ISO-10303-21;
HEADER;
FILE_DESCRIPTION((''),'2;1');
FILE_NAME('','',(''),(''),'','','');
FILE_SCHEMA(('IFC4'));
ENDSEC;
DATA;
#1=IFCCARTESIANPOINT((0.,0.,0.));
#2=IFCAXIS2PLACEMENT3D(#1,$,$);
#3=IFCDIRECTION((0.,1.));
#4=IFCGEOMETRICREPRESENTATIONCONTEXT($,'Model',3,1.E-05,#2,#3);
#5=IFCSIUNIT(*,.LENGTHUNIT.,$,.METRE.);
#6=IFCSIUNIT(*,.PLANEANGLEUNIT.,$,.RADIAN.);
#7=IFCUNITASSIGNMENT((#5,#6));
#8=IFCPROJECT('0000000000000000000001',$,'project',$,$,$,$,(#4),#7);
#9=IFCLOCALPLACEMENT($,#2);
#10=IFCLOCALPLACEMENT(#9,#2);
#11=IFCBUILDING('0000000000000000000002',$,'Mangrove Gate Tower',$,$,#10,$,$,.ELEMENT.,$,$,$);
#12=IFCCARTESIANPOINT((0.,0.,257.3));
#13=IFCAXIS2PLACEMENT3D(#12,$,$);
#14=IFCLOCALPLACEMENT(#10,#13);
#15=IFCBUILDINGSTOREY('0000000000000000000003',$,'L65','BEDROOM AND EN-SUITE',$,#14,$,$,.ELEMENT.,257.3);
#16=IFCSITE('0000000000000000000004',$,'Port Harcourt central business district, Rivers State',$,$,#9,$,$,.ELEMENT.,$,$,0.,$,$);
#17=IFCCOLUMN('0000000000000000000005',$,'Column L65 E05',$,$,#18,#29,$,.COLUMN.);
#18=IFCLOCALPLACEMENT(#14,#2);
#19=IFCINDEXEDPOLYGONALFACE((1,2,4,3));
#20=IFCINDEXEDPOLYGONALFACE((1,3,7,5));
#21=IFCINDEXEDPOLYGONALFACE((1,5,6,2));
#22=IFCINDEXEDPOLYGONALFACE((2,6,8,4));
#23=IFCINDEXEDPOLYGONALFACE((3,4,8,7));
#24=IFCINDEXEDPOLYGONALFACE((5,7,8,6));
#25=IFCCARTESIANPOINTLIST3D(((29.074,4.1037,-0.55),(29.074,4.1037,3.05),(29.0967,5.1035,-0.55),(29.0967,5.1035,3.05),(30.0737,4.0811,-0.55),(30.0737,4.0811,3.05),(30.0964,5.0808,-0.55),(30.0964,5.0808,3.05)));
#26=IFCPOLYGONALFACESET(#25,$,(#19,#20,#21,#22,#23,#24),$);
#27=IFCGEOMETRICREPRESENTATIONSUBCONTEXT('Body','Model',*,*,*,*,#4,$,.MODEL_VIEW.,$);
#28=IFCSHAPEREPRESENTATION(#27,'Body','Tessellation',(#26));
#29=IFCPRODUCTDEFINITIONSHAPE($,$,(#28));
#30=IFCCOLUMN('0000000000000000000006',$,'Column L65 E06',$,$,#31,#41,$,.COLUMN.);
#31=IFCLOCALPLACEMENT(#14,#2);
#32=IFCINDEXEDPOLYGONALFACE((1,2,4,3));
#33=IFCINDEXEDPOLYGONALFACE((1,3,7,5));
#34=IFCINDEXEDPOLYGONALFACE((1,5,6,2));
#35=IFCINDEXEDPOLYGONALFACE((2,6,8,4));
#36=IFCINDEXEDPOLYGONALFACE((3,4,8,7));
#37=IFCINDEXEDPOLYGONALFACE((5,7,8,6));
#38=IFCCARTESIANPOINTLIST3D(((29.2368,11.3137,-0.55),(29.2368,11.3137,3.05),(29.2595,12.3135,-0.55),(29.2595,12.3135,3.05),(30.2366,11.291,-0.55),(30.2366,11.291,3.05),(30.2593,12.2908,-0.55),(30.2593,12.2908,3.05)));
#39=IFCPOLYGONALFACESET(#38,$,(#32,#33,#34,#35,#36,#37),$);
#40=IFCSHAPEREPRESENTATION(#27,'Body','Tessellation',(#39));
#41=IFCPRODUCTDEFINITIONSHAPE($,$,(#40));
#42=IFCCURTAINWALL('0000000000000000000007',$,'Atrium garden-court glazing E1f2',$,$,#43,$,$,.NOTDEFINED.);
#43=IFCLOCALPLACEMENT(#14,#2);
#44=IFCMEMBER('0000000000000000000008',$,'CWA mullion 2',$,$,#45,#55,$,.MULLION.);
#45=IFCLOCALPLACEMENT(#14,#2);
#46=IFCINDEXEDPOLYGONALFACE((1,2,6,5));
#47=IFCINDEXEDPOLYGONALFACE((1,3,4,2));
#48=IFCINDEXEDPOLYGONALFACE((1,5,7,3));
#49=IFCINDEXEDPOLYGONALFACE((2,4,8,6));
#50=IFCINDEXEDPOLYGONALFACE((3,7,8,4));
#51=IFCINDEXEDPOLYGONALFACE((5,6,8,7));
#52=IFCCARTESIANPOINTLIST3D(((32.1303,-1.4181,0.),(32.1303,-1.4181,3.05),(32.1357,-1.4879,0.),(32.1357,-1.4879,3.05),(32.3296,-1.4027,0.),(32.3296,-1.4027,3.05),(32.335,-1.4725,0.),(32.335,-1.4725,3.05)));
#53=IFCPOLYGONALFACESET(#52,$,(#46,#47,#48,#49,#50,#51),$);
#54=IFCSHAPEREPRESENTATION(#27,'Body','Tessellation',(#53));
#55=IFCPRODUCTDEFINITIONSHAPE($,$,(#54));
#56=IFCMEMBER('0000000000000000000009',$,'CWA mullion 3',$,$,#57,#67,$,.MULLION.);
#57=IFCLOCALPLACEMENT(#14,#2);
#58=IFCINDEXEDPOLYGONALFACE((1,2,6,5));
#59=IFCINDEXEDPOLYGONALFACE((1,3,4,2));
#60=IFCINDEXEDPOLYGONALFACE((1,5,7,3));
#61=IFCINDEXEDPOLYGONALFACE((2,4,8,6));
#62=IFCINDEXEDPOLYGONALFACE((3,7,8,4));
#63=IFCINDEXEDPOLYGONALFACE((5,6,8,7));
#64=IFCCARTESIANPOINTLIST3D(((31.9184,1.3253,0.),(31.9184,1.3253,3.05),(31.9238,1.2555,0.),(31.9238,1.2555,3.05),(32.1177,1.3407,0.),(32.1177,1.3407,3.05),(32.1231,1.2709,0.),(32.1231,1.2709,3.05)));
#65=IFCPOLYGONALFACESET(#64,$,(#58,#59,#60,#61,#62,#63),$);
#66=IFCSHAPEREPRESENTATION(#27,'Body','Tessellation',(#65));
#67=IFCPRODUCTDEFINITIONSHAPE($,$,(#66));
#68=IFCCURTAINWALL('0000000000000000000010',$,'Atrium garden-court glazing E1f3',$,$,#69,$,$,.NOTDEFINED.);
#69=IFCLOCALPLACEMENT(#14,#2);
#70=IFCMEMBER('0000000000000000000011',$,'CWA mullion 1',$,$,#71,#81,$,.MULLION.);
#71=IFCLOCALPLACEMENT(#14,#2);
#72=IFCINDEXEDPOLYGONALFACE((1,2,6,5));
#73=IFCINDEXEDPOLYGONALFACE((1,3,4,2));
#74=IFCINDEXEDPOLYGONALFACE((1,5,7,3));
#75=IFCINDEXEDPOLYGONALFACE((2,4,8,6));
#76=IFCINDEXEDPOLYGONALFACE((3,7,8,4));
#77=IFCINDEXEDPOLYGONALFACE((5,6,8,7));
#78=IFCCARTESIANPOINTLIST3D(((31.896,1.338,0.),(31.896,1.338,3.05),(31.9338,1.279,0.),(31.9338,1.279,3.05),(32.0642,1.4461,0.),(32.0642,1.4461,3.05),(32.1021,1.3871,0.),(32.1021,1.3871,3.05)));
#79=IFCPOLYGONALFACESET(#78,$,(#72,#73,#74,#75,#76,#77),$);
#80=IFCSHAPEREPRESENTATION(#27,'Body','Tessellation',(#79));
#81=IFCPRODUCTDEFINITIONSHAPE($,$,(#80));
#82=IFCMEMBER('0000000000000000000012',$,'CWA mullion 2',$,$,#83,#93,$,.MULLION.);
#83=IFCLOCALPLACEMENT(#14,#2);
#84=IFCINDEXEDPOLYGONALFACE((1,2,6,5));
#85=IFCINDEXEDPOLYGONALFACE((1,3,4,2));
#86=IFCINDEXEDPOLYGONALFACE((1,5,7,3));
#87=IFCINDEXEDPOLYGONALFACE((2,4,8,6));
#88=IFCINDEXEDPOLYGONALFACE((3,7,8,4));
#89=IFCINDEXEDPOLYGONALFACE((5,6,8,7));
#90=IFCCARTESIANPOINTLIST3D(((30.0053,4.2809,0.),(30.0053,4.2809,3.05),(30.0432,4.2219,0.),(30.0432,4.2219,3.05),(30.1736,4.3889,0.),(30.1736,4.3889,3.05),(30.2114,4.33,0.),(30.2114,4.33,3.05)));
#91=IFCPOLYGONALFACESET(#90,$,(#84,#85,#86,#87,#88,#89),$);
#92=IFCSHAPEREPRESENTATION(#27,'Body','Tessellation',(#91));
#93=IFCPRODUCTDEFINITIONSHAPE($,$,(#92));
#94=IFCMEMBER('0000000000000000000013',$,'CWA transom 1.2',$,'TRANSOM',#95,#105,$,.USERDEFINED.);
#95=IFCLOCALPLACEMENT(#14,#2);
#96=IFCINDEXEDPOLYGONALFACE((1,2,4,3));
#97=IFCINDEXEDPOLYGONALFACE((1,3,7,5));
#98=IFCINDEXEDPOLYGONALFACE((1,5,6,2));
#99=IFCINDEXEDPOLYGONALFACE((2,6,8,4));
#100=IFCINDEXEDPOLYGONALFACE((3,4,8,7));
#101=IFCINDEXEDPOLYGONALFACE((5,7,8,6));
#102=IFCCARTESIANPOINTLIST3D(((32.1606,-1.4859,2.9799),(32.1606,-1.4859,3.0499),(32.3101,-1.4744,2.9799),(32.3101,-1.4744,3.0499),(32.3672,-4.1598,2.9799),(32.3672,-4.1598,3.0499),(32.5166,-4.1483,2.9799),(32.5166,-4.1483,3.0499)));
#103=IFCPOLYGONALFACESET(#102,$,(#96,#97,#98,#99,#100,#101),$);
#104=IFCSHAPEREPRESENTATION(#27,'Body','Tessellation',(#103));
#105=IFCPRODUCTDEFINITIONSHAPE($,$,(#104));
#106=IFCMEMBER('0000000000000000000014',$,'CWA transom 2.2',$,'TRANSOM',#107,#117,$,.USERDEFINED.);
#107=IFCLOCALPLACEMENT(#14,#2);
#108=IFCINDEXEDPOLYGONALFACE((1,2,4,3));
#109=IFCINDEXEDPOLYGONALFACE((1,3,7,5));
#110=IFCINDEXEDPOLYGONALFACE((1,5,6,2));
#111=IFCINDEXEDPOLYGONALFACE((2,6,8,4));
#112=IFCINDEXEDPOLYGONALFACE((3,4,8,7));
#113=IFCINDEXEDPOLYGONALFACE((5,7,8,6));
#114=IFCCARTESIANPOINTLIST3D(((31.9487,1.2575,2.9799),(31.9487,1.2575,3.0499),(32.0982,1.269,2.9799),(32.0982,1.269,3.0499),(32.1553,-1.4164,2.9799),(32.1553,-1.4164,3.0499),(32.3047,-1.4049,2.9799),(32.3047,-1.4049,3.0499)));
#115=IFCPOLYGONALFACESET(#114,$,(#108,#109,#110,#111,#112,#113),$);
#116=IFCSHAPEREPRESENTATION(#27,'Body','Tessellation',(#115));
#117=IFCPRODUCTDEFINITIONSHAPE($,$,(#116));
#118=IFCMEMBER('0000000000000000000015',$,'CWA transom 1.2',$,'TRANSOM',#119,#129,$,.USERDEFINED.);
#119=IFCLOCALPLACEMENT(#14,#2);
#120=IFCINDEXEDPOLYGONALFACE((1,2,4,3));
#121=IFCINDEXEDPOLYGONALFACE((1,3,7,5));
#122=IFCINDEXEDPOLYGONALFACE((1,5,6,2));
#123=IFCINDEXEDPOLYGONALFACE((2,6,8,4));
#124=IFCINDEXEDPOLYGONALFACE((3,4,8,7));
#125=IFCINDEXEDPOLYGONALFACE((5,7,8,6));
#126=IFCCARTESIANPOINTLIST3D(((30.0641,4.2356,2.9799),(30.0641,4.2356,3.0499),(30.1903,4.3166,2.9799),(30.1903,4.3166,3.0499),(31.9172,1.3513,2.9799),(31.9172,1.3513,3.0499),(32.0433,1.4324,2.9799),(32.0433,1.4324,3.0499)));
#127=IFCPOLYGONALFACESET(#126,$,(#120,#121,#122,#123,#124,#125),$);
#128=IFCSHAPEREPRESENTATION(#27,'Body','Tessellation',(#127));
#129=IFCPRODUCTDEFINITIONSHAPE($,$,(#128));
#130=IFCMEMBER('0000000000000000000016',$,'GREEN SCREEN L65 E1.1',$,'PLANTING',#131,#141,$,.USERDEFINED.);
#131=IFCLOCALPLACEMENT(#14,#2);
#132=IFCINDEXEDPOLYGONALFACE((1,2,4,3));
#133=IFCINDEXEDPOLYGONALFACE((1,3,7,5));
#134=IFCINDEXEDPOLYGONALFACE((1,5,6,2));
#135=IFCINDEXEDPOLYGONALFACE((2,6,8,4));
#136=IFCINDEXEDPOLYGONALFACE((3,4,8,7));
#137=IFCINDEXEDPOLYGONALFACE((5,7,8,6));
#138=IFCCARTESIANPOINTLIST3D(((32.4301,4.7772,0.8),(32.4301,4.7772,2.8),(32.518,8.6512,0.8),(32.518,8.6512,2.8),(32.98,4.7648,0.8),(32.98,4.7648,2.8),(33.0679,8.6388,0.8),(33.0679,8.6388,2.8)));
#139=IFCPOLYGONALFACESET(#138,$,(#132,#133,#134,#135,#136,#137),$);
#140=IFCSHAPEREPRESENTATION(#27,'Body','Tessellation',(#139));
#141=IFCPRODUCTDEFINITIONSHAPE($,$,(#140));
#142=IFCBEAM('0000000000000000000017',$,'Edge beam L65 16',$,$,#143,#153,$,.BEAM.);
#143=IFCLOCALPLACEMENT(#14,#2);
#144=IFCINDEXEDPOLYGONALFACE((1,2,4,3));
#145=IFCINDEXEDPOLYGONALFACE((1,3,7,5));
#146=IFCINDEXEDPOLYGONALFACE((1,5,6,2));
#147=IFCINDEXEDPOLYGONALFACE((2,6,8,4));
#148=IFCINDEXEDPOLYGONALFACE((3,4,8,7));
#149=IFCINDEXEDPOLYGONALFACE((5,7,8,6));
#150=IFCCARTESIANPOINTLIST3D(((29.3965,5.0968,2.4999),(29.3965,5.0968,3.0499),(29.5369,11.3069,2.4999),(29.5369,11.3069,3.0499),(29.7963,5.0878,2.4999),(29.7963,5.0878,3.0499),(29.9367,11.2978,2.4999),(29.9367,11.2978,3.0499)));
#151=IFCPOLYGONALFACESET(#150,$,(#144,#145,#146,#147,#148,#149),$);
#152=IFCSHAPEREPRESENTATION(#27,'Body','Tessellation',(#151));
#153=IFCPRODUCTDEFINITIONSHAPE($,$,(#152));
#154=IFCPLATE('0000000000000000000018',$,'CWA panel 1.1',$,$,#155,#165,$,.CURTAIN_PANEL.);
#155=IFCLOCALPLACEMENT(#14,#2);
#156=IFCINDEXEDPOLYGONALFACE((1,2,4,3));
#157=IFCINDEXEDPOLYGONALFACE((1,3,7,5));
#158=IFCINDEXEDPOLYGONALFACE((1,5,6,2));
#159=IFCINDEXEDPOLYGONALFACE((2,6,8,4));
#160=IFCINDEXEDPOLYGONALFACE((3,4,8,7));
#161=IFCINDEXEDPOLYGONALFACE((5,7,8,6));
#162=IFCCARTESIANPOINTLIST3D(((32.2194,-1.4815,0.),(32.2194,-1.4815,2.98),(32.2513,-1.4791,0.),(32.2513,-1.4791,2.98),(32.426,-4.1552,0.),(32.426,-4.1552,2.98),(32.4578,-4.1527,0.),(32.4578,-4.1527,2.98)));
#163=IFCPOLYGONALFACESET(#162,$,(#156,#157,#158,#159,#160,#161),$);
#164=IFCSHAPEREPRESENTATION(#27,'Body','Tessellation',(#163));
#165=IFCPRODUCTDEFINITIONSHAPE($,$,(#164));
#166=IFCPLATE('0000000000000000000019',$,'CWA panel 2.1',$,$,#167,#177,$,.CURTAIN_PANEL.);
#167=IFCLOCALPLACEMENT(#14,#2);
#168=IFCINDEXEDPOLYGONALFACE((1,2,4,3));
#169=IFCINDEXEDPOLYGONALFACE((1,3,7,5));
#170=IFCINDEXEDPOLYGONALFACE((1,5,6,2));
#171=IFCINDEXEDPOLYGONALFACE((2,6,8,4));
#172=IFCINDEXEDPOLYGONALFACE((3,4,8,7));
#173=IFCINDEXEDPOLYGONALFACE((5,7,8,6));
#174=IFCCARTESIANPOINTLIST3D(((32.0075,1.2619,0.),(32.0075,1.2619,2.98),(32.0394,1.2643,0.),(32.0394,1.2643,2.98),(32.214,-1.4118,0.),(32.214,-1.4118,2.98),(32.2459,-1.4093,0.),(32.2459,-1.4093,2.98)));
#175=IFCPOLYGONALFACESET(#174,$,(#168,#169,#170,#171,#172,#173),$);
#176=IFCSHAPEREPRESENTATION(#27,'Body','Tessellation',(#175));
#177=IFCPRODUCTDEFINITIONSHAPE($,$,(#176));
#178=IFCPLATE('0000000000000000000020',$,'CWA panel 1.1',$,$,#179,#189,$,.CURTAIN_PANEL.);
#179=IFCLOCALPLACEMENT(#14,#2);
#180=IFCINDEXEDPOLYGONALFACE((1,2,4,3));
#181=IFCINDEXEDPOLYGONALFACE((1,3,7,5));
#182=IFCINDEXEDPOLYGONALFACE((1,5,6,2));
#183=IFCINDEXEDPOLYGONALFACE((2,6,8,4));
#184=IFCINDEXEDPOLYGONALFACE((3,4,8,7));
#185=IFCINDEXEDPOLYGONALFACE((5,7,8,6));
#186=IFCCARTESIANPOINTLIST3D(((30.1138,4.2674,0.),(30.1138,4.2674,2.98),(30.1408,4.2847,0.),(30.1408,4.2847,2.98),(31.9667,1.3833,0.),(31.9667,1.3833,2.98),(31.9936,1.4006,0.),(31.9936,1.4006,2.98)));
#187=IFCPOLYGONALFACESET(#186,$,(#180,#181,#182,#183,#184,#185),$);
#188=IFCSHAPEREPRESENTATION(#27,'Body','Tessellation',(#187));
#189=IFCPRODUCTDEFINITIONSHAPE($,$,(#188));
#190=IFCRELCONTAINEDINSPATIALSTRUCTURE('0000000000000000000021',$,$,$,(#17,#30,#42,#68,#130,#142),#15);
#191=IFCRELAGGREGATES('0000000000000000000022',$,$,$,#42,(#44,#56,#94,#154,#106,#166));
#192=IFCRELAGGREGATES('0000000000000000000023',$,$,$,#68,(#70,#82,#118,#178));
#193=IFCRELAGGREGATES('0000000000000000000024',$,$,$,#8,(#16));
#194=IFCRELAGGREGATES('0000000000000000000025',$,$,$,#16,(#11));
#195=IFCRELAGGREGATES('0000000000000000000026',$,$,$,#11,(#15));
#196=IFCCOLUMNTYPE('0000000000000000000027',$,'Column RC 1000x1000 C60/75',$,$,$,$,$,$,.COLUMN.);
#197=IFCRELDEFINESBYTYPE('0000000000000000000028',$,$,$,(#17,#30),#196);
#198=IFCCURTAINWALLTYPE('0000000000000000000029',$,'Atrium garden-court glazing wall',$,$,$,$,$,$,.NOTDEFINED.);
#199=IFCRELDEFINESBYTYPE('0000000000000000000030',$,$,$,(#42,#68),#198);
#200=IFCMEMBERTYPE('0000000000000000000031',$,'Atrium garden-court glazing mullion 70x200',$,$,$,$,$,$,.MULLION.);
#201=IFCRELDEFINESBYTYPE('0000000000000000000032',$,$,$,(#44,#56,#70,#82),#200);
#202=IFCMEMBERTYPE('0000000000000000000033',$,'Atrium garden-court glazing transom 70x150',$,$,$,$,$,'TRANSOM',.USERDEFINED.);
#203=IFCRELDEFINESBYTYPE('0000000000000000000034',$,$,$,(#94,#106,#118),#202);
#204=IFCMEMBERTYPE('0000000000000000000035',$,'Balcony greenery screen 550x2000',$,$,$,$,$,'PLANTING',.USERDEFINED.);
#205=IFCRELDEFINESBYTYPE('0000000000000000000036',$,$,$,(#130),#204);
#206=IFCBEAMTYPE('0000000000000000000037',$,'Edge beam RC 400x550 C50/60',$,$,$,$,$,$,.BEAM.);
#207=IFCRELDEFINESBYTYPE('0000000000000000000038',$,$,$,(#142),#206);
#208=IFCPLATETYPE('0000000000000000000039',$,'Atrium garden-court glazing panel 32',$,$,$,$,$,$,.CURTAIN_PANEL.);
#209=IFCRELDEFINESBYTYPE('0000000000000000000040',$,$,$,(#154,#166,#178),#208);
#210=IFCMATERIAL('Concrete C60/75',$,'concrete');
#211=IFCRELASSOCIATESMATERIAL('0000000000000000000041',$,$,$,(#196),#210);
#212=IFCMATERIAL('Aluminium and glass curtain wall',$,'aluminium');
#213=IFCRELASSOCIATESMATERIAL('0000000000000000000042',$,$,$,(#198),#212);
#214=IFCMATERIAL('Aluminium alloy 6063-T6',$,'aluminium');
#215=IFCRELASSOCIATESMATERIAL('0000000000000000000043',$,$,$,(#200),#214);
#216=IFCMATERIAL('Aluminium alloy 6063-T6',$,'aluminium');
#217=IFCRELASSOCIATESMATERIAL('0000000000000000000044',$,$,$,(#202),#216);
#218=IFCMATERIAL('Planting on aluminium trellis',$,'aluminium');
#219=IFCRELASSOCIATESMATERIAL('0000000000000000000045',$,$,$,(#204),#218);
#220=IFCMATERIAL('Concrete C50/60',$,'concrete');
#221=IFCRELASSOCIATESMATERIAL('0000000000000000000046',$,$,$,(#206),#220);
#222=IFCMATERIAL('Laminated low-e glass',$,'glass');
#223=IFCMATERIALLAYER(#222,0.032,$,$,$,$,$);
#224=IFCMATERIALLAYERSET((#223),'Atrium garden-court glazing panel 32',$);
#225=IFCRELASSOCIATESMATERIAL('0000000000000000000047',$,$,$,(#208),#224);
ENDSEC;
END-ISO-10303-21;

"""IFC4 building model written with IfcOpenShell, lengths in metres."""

from ifc_helpers import new_model, si_unit, direction, frame, origin, origin_2d, place, context, subcontext, project, spatial, rectangle, extrude, material, layer, layer_set, material_profile, profile_set, type_object, element, aggregate, save


model = new_model("IFC4")

# Units and contexts
model_context = context("Model", 3, precision=1e-05, world=origin(), true_north=direction((0.0, 1.0)))
body_context = subcontext(model_context, "Body", "Model", "MODEL_VIEW")
ifc_project = project(units=[si_unit("LENGTHUNIT", "METRE"), si_unit("PLANEANGLEUNIT", "RADIAN")], contexts=[model_context])

# Site, building, storey
site_placement = place(None, origin())
site = spatial("IfcSite", under=ifc_project, at=site_placement, Name="Port Harcourt central business district, Rivers State", CompositionType="ELEMENT", RefElevation=0.0)
building_placement = place(site_placement, origin())
building = spatial("IfcBuilding", under=site, at=building_placement, Name="Mangrove Gate Tower", CompositionType="ELEMENT")
storey_placement = place(building_placement, frame((0.0, 0.0, 257.3)))
storey = spatial("IfcBuildingStorey", under=building, at=storey_placement, Name="L65", Description="BEDROOM AND EN-SUITE", CompositionType="ELEMENT", Elevation=257.3)

# Columns
ifc_material_1 = material(Name="Concrete C60/75", Category="concrete")
ifc_material_profile_1 = material_profile(ifc_material_1, rectangle(XDim=1.0, YDim=1.0, at=origin_2d()))
ifc_profile_set_1 = profile_set([ifc_material_profile_1], Name="Concrete C60/75")
column_type = type_object("IfcColumnType", Name="Column RC 1000x1000 C60/75", PredefinedType="COLUMN", material=ifc_profile_set_1)
for number, where, z_axis, x_axis, name in (
    (1, (29.5852, 4.5923, -0.55), (0.0, 0.0, 1.0), (0.02266, 0.999743, 0.0), "Column L65 E05"),
    (2, (29.748, 11.8022, -0.55), (0.0, 0.0, 1.0), (0.022669, 0.999743, 0.0), "Column L65 E06"),
):
    element("IfcColumn", number, at=place(storey_placement, frame(where, z_axis=z_axis, x_axis=x_axis)), inside=storey, type_object=column_type, Name=name, PredefinedType="COLUMN", context=body_context, shape_type="SweptSolid", body=[
        extrude(rectangle(XDim=1.0, YDim=1.0, at=origin_2d()), origin(), (0.0, 0.0, 1.0), 3.6001),
    ])

# Curtain walls, members
ifc_material_2 = material(Name="Aluminium and glass curtain wall", Category="aluminium")
curtain_wall_type = type_object("IfcCurtainWallType", Name="Atrium garden-court glazing wall", PredefinedType="NOTDEFINED", material=ifc_material_2)
curtain_wall_1_placement = place(storey_placement, origin())
curtain_wall_1 = element("IfcCurtainWall", 3, at=curtain_wall_1_placement, inside=storey, type_object=curtain_wall_type, Name="Atrium garden-court glazing E1f2", PredefinedType="NOTDEFINED")
ifc_material_3 = material(Name="Aluminium alloy 6063-T6", Category="aluminium")
ifc_material_profile_2 = material_profile(ifc_material_3, rectangle(XDim=0.0701, YDim=0.2, at=origin_2d()))
ifc_profile_set_2 = profile_set([ifc_material_profile_2], Name="Aluminium alloy 6063-T6")
member_type_1 = type_object("IfcMemberType", Name="Atrium garden-court glazing mullion 70x200", PredefinedType="MULLION", material=ifc_profile_set_2)
member_1_placement = place(storey_placement, frame((32.2327, -1.4453, 0.0), z_axis=(0.0, 0.0, 1.0), x_axis=(-0.077023, 0.997029, 0.0)))
member_1 = element("IfcMember", 4, at=member_1_placement, type_object=member_type_1, Name="CWA mullion 2", PredefinedType="MULLION", context=body_context, shape_type="SweptSolid", body=[
    extrude(rectangle(XDim=0.0701, YDim=0.2, at=origin_2d()), origin(), (0.0, 0.0, 1.0), 3.05),
])
member_2_placement = place(storey_placement, frame((32.0208, 1.2981, 0.0), z_axis=(0.0, 0.0, 1.0), x_axis=(-0.077023, 0.997029, 0.0)))
member_2 = element("IfcMember", 5, at=member_2_placement, type_object=member_type_1, Name="CWA mullion 3", PredefinedType="MULLION", context=body_context, shape_type="SweptSolid", body=[
    extrude(rectangle(XDim=0.0701, YDim=0.2, at=origin_2d()), origin(), (0.0, 0.0, 1.0), 3.05),
])
curtain_wall_2_placement = place(storey_placement, origin())
curtain_wall_2 = element("IfcCurtainWall", 6, at=curtain_wall_2_placement, inside=storey, type_object=curtain_wall_type, Name="Atrium garden-court glazing E1f3", PredefinedType="NOTDEFINED")
member_3_placement = place(storey_placement, frame((31.999, 1.3625, 0.0), z_axis=(0.0, 0.0, 1.0), x_axis=(-0.540498, 0.841345, 0.0)))
member_3 = element("IfcMember", 7, at=member_3_placement, type_object=member_type_1, Name="CWA mullion 1", PredefinedType="MULLION", context=body_context, shape_type="SweptSolid", body=[
    extrude(rectangle(XDim=0.0701, YDim=0.2, at=origin_2d()), origin(), (0.0, 0.0, 1.0), 3.05),
])
member_4_placement = place(storey_placement, frame((30.1084, 4.3054, 0.0), z_axis=(0.0, 0.0, 1.0), x_axis=(-0.540498, 0.841345, 0.0)))
member_4 = element("IfcMember", 8, at=member_4_placement, type_object=member_type_1, Name="CWA mullion 2", PredefinedType="MULLION", context=body_context, shape_type="SweptSolid", body=[
    extrude(rectangle(XDim=0.0701, YDim=0.2, at=origin_2d()), origin(), (0.0, 0.0, 1.0), 3.05),
])

# Members
ifc_material_4 = material(Name="Aluminium alloy 6063-T6", Category="aluminium")
ifc_material_profile_3 = material_profile(ifc_material_4, rectangle(XDim=0.0701, YDim=0.1499, at=origin_2d()))
ifc_profile_set_3 = profile_set([ifc_material_profile_3], Name="Aluminium alloy 6063-T6")
member_type_2 = type_object("IfcMemberType", Name="Atrium garden-court glazing transom 70x150", ElementType="TRANSOM", PredefinedType="USERDEFINED", material=ifc_profile_set_3)
member_5_placement = place(storey_placement, frame((32.4419, -4.1541, 3.0149), z_axis=(-0.077017, 0.99703, 0.0), x_axis=(0.0, 0.0, 1.0)))
member_5 = element("IfcMember", 9, at=member_5_placement, type_object=member_type_2, Name="CWA transom 1.2", ObjectType="TRANSOM", PredefinedType="USERDEFINED", context=body_context, shape_type="SweptSolid", body=[
    extrude(rectangle(XDim=0.0701, YDim=0.1499, at=origin_2d()), origin(), (0.0, 0.0, 1.0), 2.6819),
])
member_6_placement = place(storey_placement, frame((32.23, -1.4106, 3.0149), z_axis=(-0.077017, 0.99703, 0.0), x_axis=(0.0, 0.0, 1.0)))
member_6 = element("IfcMember", 10, at=member_6_placement, type_object=member_type_2, Name="CWA transom 2.2", ObjectType="TRANSOM", PredefinedType="USERDEFINED", context=body_context, shape_type="SweptSolid", body=[
    extrude(rectangle(XDim=0.0701, YDim=0.1499, at=origin_2d()), origin(), (0.0, 0.0, 1.0), 2.6819),
])
member_7_placement = place(storey_placement, frame((31.9802, 1.3918, 3.0149), z_axis=(-0.54052, 0.841331, 0.0), x_axis=(0.0, 0.0, 1.0)))
member_7 = element("IfcMember", 11, at=member_7_placement, type_object=member_type_2, Name="CWA transom 1.2", ObjectType="TRANSOM", PredefinedType="USERDEFINED", context=body_context, shape_type="SweptSolid", body=[
    extrude(rectangle(XDim=0.0701, YDim=0.1499, at=origin_2d()), origin(), (0.0, 0.0, 1.0), 3.4282),
])
ifc_material_5 = material(Name="Planting on aluminium trellis", Category="aluminium")
ifc_material_profile_4 = material_profile(ifc_material_5, rectangle(XDim=0.55, YDim=2.0, at=origin_2d()))
ifc_profile_set_4 = profile_set([ifc_material_profile_4], Name="Planting on aluminium trellis")
member_type_3 = type_object("IfcMemberType", Name="Balcony greenery screen 550x2000", ElementType="PLANTING", PredefinedType="USERDEFINED", material=ifc_profile_set_4)
member_8_placement = place(storey_placement, frame((32.7051, 4.771, 1.8), z_axis=(0.022681, 0.999743, 0.0), x_axis=(-0.999743, 0.022681, 0.0)))
element("IfcMember", 12, at=member_8_placement, inside=storey, type_object=member_type_3, Name="GREEN SCREEN L65 E1.1", ObjectType="PLANTING", PredefinedType="USERDEFINED", context=body_context, shape_type="SweptSolid", body=[
    extrude(rectangle(XDim=0.55, YDim=2.0, at=origin_2d()), origin(), (0.0, 0.0, 1.0), 3.875),
])

# Beam
ifc_material_6 = material(Name="Concrete C50/60", Category="concrete")
ifc_material_profile_5 = material_profile(ifc_material_6, rectangle(XDim=0.3999, YDim=0.55, at=origin_2d()))
ifc_profile_set_5 = profile_set([ifc_material_profile_5], Name="Concrete C50/60")
beam_type = type_object("IfcBeamType", Name="Edge beam RC 400x550 C50/60", PredefinedType="BEAM", material=ifc_profile_set_5)
beam_placement = place(storey_placement, frame((29.5964, 5.0923, 2.7749), z_axis=(0.022599, 0.999745, 0.0), x_axis=(-0.999745, 0.022599, 0.0)))
element("IfcBeam", 13, at=beam_placement, inside=storey, type_object=beam_type, Name="Edge beam L65 16", PredefinedType="BEAM", context=body_context, shape_type="SweptSolid", body=[
    extrude(rectangle(XDim=0.3999, YDim=0.55, at=origin_2d()), origin(), (0.0, 0.0, 1.0), 6.2117),
])

# Plates
ifc_material_7 = material(Name="Laminated low-e glass", Category="glass")
ifc_layer_1 = layer(ifc_material_7, 0.032)
ifc_layer_set_1 = layer_set([ifc_layer_1], Name="Atrium garden-court glazing panel 32")
plate_type = type_object("IfcPlateType", Name="Atrium garden-court glazing panel 32", PredefinedType="CURTAIN_PANEL", material=ifc_layer_set_1)
plate_1_placement = place(storey_placement, frame((32.3386, -2.8171, 0.0), z_axis=(0.0, 0.0, 1.0), x_axis=(-0.077023, 0.997029, 0.0)))
plate_1 = element("IfcPlate", 14, at=plate_1_placement, type_object=plate_type, Name="CWA panel 1.1", PredefinedType="CURTAIN_PANEL", context=body_context, shape_type="SweptSolid", body=[
    extrude(rectangle(XDim=2.6816, YDim=0.032, at=origin_2d()), origin(), (0.0, 0.0, 1.0), 2.98),
])
plate_2_placement = place(storey_placement, frame((32.1267, -0.0737, 0.0), z_axis=(0.0, 0.0, 1.0), x_axis=(-0.077023, 0.997029, 0.0)))
plate_2 = element("IfcPlate", 15, at=plate_2_placement, type_object=plate_type, Name="CWA panel 2.1", PredefinedType="CURTAIN_PANEL", context=body_context, shape_type="SweptSolid", body=[
    extrude(rectangle(XDim=2.6816, YDim=0.032, at=origin_2d()), origin(), (0.0, 0.0, 1.0), 2.98),
])
aggregate(curtain_wall_1, [member_1, member_2, member_5, plate_1, member_6, plate_2])
plate_3_placement = place(storey_placement, frame((31.0537, 2.834, 0.0), z_axis=(0.0, 0.0, 1.0), x_axis=(-0.540498, 0.841345, 0.0)))
plate_3 = element("IfcPlate", 16, at=plate_3_placement, type_object=plate_type, Name="CWA panel 1.1", PredefinedType="CURTAIN_PANEL", context=body_context, shape_type="SweptSolid", body=[
    extrude(rectangle(XDim=3.428, YDim=0.032, at=origin_2d()), origin(), (0.0, 0.0, 1.0), 2.98),
])
aggregate(curtain_wall_2, [member_3, member_4, member_7, plate_3])

save(model, "model.ifc")
